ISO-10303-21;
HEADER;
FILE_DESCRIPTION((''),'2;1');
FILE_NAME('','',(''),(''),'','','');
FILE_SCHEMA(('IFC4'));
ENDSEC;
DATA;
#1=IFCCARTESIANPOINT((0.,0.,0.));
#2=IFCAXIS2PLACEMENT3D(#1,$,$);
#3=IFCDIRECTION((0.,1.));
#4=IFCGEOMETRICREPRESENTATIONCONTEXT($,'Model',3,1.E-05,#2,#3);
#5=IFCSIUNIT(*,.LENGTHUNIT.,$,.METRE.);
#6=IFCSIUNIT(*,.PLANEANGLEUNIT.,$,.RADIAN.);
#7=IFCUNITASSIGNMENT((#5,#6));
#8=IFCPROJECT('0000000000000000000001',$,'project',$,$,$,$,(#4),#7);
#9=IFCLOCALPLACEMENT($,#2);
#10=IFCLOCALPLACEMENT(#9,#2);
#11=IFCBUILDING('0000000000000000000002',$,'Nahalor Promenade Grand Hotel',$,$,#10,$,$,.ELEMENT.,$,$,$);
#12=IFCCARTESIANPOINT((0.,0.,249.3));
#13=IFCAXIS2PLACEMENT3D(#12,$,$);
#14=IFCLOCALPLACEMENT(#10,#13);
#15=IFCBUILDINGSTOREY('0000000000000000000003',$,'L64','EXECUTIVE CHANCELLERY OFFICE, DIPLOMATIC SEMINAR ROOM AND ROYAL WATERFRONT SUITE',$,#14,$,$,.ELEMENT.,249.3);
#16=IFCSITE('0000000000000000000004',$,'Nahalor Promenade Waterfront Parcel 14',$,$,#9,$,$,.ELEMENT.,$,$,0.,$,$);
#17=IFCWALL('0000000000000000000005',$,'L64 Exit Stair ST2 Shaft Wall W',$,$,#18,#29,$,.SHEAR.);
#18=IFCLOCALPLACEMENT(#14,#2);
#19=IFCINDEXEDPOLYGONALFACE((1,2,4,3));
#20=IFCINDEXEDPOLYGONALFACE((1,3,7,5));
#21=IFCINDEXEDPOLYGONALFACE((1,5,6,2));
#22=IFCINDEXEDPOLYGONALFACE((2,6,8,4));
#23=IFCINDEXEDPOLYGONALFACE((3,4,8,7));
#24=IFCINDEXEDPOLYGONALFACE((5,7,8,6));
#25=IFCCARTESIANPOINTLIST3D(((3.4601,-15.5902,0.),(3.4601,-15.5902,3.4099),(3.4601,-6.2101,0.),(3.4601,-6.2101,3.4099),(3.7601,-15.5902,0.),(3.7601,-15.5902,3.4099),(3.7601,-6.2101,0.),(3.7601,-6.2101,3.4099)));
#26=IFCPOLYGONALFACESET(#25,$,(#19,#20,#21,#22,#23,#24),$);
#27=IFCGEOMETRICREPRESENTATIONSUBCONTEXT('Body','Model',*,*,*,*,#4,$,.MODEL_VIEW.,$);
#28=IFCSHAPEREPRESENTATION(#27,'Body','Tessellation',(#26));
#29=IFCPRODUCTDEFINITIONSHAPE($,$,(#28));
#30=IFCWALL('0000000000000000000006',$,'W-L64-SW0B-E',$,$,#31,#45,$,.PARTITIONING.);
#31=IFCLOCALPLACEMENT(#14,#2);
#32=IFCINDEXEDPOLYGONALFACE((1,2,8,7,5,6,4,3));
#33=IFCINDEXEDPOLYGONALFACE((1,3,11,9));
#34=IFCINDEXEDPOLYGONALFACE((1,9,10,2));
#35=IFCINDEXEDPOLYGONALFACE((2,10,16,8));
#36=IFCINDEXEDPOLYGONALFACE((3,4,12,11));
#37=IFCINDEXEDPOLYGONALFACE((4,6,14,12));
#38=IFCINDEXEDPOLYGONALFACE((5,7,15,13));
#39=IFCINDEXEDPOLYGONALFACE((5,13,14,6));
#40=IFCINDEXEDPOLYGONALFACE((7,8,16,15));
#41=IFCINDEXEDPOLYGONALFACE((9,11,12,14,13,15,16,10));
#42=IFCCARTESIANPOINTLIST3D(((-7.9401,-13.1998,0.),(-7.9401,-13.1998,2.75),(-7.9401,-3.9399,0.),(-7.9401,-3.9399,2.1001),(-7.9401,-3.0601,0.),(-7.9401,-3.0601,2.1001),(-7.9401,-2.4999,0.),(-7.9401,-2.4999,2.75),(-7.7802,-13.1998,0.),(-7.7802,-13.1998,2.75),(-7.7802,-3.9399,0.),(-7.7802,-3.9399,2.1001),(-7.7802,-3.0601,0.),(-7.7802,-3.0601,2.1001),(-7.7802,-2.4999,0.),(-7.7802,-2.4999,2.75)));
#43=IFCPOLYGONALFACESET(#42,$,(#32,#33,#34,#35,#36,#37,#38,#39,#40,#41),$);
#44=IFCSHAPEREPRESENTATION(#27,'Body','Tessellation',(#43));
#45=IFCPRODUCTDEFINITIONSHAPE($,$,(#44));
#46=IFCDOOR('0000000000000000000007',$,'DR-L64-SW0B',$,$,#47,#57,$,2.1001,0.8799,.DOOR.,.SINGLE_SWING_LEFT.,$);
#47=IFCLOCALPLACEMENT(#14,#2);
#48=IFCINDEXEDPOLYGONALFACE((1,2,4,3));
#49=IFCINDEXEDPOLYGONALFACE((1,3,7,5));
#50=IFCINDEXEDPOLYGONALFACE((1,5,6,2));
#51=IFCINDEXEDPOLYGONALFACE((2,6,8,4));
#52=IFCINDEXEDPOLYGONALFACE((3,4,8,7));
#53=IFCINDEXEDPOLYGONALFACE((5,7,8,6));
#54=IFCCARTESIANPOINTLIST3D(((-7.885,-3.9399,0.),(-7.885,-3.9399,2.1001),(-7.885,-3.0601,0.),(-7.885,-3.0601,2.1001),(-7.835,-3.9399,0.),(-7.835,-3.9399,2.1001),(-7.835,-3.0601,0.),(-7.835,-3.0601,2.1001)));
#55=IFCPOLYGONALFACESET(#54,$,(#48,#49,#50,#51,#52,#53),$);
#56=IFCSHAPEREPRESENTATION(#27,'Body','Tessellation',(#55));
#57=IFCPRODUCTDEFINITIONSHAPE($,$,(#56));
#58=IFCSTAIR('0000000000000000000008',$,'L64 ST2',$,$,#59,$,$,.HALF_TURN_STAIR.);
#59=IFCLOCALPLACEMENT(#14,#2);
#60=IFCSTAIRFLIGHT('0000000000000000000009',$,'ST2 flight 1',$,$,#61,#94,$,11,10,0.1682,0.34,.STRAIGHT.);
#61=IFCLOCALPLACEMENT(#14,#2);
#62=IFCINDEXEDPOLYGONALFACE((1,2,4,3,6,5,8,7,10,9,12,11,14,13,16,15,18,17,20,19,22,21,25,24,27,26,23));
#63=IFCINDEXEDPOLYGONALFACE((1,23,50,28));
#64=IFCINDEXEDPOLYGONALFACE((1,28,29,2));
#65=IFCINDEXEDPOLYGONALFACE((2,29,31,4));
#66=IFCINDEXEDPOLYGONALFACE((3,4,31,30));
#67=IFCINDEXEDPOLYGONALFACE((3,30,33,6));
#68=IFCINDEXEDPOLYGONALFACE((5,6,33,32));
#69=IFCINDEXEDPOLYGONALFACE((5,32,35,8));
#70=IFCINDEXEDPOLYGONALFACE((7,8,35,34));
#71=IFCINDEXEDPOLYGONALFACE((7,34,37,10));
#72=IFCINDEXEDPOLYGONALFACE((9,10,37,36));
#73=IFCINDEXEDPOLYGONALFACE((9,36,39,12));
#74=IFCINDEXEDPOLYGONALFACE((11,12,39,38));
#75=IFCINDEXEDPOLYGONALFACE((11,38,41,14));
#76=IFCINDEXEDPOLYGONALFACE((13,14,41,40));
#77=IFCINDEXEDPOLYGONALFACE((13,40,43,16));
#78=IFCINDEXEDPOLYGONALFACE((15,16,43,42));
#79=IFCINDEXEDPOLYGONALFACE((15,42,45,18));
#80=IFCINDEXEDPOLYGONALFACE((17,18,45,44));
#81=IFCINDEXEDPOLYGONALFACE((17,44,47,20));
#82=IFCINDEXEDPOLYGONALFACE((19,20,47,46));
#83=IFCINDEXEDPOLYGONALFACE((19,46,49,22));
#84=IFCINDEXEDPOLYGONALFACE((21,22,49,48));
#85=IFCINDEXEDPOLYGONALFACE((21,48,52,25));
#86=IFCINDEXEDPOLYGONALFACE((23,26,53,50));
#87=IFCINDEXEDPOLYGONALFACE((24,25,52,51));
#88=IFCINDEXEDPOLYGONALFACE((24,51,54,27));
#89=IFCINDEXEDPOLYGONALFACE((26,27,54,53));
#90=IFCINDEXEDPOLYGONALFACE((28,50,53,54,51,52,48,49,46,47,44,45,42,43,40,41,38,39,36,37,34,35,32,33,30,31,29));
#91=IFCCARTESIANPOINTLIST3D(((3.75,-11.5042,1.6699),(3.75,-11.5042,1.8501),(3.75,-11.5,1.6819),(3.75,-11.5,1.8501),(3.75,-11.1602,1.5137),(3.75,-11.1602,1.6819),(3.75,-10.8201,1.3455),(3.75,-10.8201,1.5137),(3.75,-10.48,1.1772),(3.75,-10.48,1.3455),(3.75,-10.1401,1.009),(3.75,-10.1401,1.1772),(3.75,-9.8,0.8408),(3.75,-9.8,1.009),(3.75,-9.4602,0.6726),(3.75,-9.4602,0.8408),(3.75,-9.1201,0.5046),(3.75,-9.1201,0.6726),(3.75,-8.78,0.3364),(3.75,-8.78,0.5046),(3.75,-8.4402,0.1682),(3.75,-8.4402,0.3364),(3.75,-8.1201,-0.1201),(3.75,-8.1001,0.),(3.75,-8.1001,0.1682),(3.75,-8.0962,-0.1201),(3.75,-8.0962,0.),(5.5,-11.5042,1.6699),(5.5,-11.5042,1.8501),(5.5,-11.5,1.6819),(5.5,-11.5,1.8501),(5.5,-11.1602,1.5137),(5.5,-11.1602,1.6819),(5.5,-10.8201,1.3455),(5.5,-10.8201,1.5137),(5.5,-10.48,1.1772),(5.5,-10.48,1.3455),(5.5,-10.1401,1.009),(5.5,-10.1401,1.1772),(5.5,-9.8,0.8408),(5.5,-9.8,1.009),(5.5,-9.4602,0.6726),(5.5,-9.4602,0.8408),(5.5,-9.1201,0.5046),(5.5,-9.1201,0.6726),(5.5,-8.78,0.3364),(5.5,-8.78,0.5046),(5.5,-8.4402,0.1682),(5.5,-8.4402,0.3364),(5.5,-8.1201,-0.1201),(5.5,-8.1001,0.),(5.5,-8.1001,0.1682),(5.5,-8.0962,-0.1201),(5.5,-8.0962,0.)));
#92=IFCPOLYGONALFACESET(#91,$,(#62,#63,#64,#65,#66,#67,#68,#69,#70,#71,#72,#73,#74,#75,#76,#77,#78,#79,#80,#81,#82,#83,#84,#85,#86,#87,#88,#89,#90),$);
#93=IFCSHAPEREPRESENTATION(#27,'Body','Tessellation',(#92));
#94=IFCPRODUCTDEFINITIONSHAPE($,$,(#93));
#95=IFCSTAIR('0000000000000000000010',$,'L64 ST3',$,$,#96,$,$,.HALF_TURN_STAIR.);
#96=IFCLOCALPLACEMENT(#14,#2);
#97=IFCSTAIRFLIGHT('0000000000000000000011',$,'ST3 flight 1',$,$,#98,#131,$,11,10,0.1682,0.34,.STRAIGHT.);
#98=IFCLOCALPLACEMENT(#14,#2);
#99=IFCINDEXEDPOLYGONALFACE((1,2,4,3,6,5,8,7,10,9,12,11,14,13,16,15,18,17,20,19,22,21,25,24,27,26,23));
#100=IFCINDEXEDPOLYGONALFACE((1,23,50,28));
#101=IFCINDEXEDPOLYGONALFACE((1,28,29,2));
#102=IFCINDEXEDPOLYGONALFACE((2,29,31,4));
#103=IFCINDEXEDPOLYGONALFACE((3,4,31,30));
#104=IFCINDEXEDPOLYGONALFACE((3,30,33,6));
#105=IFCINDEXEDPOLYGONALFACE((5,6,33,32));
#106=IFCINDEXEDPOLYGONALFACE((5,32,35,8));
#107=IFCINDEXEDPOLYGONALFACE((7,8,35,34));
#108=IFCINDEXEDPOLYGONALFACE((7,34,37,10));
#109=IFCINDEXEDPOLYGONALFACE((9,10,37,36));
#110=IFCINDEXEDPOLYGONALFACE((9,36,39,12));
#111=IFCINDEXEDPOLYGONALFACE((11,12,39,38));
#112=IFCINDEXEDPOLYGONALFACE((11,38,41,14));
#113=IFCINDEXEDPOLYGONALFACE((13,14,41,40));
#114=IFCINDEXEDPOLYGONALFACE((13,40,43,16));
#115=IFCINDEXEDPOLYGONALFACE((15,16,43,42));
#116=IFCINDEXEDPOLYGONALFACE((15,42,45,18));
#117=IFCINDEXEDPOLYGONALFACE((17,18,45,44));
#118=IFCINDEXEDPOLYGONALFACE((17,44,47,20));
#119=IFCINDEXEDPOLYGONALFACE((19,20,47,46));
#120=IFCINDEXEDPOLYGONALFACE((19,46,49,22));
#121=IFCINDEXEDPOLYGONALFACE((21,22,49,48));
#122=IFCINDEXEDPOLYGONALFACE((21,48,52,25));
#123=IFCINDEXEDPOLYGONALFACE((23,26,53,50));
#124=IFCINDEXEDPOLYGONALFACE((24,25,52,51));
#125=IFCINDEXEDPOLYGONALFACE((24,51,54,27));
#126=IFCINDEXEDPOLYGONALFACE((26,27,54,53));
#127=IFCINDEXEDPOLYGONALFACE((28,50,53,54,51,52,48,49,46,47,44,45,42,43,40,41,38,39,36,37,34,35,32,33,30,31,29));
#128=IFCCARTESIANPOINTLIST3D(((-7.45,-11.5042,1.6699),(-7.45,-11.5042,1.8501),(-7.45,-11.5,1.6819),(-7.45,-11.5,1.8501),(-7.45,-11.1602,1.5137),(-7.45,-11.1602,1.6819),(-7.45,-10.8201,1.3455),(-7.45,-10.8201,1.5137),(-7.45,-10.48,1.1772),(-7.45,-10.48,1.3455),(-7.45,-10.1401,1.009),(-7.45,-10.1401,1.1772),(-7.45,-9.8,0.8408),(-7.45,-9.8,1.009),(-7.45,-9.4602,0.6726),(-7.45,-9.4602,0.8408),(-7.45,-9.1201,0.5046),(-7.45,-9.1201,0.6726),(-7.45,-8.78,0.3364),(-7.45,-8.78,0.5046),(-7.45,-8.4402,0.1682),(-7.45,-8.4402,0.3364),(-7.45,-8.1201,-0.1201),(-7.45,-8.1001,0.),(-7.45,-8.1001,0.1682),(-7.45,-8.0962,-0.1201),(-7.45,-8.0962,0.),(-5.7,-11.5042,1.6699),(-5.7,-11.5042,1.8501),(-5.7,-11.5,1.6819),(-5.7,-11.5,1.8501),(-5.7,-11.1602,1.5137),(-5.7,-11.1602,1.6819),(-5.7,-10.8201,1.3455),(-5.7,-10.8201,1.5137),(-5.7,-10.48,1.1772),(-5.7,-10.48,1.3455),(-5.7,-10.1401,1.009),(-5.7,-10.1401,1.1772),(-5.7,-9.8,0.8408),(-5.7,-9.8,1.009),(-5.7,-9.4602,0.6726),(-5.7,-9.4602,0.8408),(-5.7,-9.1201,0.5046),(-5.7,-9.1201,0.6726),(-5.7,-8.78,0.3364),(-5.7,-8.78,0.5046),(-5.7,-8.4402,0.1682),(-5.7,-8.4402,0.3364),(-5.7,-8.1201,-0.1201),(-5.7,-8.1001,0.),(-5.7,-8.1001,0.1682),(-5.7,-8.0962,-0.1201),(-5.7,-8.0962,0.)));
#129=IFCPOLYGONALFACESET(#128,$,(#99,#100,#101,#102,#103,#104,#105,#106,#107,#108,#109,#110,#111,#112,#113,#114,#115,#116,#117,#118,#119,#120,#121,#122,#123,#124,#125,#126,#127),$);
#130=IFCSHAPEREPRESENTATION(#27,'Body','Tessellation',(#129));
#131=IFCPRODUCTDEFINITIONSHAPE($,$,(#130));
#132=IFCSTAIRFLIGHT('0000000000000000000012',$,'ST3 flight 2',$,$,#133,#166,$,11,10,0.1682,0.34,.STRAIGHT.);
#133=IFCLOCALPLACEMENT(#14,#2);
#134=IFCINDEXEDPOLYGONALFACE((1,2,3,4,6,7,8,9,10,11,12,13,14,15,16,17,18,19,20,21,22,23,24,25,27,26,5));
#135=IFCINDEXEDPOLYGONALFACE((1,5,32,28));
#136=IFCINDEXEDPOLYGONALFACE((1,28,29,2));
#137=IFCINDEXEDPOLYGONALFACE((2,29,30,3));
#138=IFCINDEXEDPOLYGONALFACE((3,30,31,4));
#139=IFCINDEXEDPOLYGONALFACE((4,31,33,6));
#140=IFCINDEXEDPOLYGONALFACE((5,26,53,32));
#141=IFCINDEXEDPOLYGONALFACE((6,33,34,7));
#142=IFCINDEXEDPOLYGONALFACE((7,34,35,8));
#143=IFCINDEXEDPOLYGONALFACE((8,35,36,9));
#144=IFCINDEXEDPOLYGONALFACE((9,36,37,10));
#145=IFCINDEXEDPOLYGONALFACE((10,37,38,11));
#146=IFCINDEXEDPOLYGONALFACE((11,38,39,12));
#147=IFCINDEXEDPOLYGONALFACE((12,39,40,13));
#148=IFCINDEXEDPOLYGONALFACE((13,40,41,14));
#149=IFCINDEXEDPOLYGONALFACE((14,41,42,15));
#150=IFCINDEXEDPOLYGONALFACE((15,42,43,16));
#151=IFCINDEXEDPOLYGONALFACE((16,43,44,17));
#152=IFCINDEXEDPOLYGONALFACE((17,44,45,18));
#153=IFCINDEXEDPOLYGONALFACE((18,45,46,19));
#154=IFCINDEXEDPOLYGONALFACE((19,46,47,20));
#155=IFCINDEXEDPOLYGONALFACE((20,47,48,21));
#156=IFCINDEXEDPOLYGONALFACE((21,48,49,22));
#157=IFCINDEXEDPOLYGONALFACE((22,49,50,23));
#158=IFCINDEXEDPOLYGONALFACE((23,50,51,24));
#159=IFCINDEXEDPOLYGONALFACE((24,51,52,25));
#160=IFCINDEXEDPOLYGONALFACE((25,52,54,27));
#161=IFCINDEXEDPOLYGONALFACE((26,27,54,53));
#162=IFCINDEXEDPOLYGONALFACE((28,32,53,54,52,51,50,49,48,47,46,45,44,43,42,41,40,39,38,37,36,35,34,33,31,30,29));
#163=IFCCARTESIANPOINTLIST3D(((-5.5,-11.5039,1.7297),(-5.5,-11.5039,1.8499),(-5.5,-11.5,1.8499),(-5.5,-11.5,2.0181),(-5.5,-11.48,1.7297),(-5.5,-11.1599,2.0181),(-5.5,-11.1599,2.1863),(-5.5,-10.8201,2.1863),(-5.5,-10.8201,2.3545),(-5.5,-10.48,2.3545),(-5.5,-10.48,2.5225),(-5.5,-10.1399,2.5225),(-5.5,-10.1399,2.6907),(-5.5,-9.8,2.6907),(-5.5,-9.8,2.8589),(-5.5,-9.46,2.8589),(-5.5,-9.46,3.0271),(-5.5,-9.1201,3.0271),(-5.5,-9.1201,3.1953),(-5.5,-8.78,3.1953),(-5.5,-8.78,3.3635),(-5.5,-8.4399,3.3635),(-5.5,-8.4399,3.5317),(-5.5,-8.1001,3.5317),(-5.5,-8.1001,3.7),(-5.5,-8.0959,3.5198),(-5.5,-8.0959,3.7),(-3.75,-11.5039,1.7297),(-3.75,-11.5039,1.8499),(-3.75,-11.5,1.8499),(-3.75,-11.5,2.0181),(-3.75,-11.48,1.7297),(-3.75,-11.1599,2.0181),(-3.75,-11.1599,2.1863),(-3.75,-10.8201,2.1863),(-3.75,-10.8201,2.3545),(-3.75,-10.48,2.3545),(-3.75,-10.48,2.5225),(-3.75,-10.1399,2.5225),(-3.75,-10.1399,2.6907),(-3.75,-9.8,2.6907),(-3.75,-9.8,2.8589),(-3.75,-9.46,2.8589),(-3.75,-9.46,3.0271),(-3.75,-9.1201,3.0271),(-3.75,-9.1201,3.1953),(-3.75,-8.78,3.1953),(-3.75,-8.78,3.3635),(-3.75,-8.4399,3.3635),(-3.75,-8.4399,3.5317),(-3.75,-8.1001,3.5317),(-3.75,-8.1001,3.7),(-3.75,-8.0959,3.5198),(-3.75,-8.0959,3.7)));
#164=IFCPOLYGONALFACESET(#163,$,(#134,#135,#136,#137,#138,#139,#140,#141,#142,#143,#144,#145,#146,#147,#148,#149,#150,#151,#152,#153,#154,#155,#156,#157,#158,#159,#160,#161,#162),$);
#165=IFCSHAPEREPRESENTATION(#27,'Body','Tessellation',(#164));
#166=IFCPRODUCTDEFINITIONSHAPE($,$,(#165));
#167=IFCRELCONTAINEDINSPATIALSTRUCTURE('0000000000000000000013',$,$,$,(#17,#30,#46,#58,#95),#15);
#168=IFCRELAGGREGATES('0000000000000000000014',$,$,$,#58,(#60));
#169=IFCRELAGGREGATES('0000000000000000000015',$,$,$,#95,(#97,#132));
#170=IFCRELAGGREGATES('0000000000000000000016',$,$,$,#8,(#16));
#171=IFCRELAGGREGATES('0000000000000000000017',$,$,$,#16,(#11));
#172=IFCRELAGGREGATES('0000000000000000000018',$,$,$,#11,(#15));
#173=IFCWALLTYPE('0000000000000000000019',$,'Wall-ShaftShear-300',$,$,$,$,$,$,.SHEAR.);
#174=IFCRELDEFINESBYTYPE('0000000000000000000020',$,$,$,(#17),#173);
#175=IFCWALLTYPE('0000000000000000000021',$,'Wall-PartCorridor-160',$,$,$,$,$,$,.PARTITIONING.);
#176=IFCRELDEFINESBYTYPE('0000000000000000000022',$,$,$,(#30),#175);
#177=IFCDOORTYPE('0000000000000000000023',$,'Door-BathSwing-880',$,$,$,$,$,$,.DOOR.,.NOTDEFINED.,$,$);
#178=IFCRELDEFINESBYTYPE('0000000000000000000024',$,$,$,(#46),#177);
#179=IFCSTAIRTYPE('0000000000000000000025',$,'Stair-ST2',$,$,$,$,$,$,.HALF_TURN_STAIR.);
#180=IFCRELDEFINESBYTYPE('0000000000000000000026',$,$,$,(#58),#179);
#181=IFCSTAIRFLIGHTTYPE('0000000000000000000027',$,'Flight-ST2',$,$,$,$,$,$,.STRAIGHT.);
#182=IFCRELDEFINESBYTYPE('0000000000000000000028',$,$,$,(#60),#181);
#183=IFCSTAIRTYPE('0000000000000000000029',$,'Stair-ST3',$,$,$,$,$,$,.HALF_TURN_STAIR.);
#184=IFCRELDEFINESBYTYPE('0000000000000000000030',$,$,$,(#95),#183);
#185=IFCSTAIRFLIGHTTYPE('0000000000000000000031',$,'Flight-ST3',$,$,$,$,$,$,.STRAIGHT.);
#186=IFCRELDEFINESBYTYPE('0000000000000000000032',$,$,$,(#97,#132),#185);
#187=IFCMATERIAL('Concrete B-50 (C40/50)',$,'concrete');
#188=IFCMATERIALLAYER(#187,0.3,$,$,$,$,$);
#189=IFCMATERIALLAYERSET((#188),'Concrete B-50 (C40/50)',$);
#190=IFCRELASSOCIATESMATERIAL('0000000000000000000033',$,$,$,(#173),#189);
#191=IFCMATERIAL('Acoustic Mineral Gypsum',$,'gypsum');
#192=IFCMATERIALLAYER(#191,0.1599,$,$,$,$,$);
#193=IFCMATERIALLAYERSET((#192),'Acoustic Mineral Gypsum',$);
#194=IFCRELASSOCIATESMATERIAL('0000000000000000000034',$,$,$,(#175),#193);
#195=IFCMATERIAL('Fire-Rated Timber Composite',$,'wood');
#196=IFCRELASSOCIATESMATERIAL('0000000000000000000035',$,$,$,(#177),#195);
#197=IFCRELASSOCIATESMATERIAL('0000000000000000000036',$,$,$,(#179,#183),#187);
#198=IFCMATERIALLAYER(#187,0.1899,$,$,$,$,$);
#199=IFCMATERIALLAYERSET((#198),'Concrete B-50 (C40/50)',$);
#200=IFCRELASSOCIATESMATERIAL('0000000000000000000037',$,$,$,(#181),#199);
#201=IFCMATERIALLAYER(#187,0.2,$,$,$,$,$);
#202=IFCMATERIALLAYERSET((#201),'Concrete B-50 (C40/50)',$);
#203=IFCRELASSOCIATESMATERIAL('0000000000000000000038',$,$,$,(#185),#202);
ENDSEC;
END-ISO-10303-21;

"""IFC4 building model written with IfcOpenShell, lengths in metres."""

from ifc_helpers import new_model, si_unit, direction, frame, frame_2d, origin, place, context, subcontext, project, spatial, polyline, rectangle, outline, extrude, source, transform, mapped, material, layer, layer_set, type_object, element, fill, aggregate, save


model = new_model("IFC4")

# Units and contexts
model_context = context("Model", 3, precision=1e-05, world=origin(), true_north=direction((0.0, 1.0)))
body_context = subcontext(model_context, "Body", "Model", "MODEL_VIEW")
ifc_project = project(units=[si_unit("LENGTHUNIT", "METRE"), si_unit("PLANEANGLEUNIT", "RADIAN")], contexts=[model_context])

# Site, building, storey
site_placement = place(None, origin())
site = spatial("IfcSite", under=ifc_project, at=site_placement, Name="Nahalor Promenade Waterfront Parcel 14", CompositionType="ELEMENT", RefElevation=0.0)
building_placement = place(site_placement, origin())
building = spatial("IfcBuilding", under=site, at=building_placement, Name="Nahalor Promenade Grand Hotel", CompositionType="ELEMENT")
storey_placement = place(building_placement, frame((0.0, 0.0, 249.3)))
storey = spatial("IfcBuildingStorey", under=building, at=storey_placement, Name="L64", Description="EXECUTIVE CHANCELLERY OFFICE, DIPLOMATIC SEMINAR ROOM AND ROYAL WATERFRONT SUITE", CompositionType="ELEMENT", Elevation=249.3)

# Shared definitions
ifc_material_1 = material(Name="Concrete B-50 (C40/50)", Category="concrete")
ifc_layer_1 = layer(ifc_material_1, 0.3)
ifc_layer_set_1 = layer_set([ifc_layer_1], Name="Concrete B-50 (C40/50)")
wall_type_1 = type_object("IfcWallType", Name="Wall-ShaftShear-300", PredefinedType="SHEAR", material=ifc_layer_set_1)

# Wall
shared_shape_1 = source(origin(), body_context, "Body", "SweptSolid", [
    extrude(rectangle(XDim=9.3801, YDim=0.3, at=frame_2d((4.6899, 0.0))), origin(), (0.0, 0.0, 1.0), 3.4099),
])
wall_1_placement = place(storey_placement, frame((3.6101, -15.5901, 0.0), z_axis=(0.0, 0.0, 1.0), x_axis=(0.0, 1.0, 0.0)))
element("IfcWall", 1, at=wall_1_placement, inside=storey, type_object=wall_type_1, Name="L64 Exit Stair ST2 Shaft Wall W", PredefinedType="SHEAR", context=body_context, shape_type="MappedRepresentation", body=[
    mapped(shared_shape_1, transform((0.0, 0.0, 0.0), scale=1.0)),
])

# Wall, opening, door
ifc_material_2 = material(Name="Acoustic Mineral Gypsum", Category="gypsum")
ifc_layer_2 = layer(ifc_material_2, 0.1599)
ifc_layer_set_2 = layer_set([ifc_layer_2], Name="Acoustic Mineral Gypsum")
wall_type_2 = type_object("IfcWallType", Name="Wall-PartCorridor-160", PredefinedType="PARTITIONING", material=ifc_layer_set_2)
shared_shape_2 = source(origin(), body_context, "Body", "SweptSolid", [
    extrude(rectangle(XDim=10.7, YDim=0.1599, at=frame_2d((5.3501, 0.0))), origin(), (0.0, 0.0, 1.0), 2.75),
])
wall_2_placement = place(storey_placement, frame((-7.8601, -13.2, 0.0), z_axis=(0.0, 0.0, 1.0), x_axis=(0.0, 1.0, 0.0)))
wall_2 = element("IfcWall", 2, at=wall_2_placement, inside=storey, type_object=wall_type_2, Name="W-L64-SW0B-E", PredefinedType="PARTITIONING", context=body_context, shape_type="MappedRepresentation", body=[
    mapped(shared_shape_2, transform((0.0, 0.0, 0.0), scale=1.0)),
])
opening_1_placement = place(wall_2_placement, frame((9.26, 0.0, 0.0)))
opening_1 = element("IfcOpeningElement", 3, at=opening_1_placement, cuts=wall_2, PredefinedType="OPENING", context=body_context, shape_type="SweptSolid", body=[
    extrude(rectangle(XDim=0.8799, YDim=2.1001, at=frame_2d((0.4399, 1.05))), frame((0.0, 0.0898, 0.0), z_axis=(0.0, -1.0, 0.0), x_axis=(1.0, 0.0, 0.0)), (0.0, 0.0, 1.0), 0.1799),
])
ifc_material_3 = material(Name="Fire-Rated Timber Composite", Category="wood")
door_type_1 = type_object("IfcDoorType", Name="Door-BathSwing-880", OperationType="NOTDEFINED", PredefinedType="DOOR", material=ifc_material_3)
shared_shape_3 = source(origin(), body_context, "Body", "SweptSolid", [
    extrude(rectangle(XDim=0.8799, YDim=2.1001, at=frame_2d((0.4399, 1.05))), frame((0.0, 0.0249, 0.0), z_axis=(0.0, -1.0, 0.0), x_axis=(1.0, 0.0, 0.0)), (0.0, 0.0, 1.0), 0.05),
])
door_1_placement = place(opening_1_placement, origin())
door_1 = element("IfcDoor", 4, at=door_1_placement, inside=storey, type_object=door_type_1, Name="DR-L64-SW0B", OperationType="SINGLE_SWING_LEFT", OverallHeight=2.1001, OverallWidth=0.8799, PredefinedType="DOOR", context=body_context, shape_type="MappedRepresentation", body=[
    mapped(shared_shape_3, transform((0.0, 0.0, 0.0), scale=1.0)),
])
fill(opening_1, door_1)

# Stair, stair flight
stair_type_1 = type_object("IfcStairType", Name="Stair-ST2", PredefinedType="HALF_TURN_STAIR", material=ifc_material_1)
stair_1_placement = place(storey_placement, origin())
stair_1 = element("IfcStair", 5, at=stair_1_placement, inside=storey, type_object=stair_type_1, Name="L64 ST2", PredefinedType="HALF_TURN_STAIR")
ifc_layer_3 = layer(ifc_material_1, 0.1899)
ifc_layer_set_3 = layer_set([ifc_layer_3], Name="Concrete B-50 (C40/50)")
stair_flight_type_1 = type_object("IfcStairFlightType", Name="Flight-ST2", PredefinedType="STRAIGHT", material=ifc_layer_set_3)
shared_shape_4 = source(origin(), body_context, "Body", "SweptSolid", [
    extrude(outline(polyline([(-0.0039, -0.1201), (-0.0039, 0.0), (0.0, 0.0), (0.0, 0.1682), (0.3401, 0.1682), (0.3401, 0.3364), (0.6799, 0.3364), (0.6799, 0.5046), (1.02, 0.5046), (1.02, 0.6726), (1.3601, 0.6726), (1.3601, 0.8408), (1.7, 0.8408), (1.7, 1.009), (2.04, 1.009), (2.04, 1.1772), (2.3799, 1.1772), (2.3799, 1.3455), (2.72, 1.3455), (2.72, 1.5137), (3.0601, 1.5137), (3.0601, 1.6819), (3.3999, 1.6819), (3.3999, 1.8501), (3.4041, 1.8501), (3.4041, 1.6699), (0.02, -0.1201), (-0.0039, -0.1201)])), frame((0.0, 0.875, 0.0), z_axis=(0.0, -1.0, 0.0), x_axis=(1.0, 0.0, 0.0)), (0.0, 0.0, 1.0), 1.75),
])
stair_flight_1_placement = place(storey_placement, frame((4.625, -8.1001, 0.0), z_axis=(0.0, 0.0, 1.0), x_axis=(0.0, -1.0, 0.0)))
stair_flight_1 = element("IfcStairFlight", 6, at=stair_flight_1_placement, type_object=stair_flight_type_1, Name="ST2 flight 1", NumberOfRisers=11, NumberOfTreads=10, PredefinedType="STRAIGHT", RiserHeight=0.1682, TreadLength=0.34, context=body_context, shape_type="MappedRepresentation", body=[
    mapped(shared_shape_4, transform((0.0, 0.0, 0.0), scale=1.0)),
])
aggregate(stair_1, [stair_flight_1])

# Stair, stair flights
stair_type_2 = type_object("IfcStairType", Name="Stair-ST3", PredefinedType="HALF_TURN_STAIR", material=ifc_material_1)
stair_2_placement = place(storey_placement, origin())
stair_2 = element("IfcStair", 7, at=stair_2_placement, inside=storey, type_object=stair_type_2, Name="L64 ST3", PredefinedType="HALF_TURN_STAIR")
ifc_layer_4 = layer(ifc_material_1, 0.2)
ifc_layer_set_4 = layer_set([ifc_layer_4], Name="Concrete B-50 (C40/50)")
stair_flight_type_2 = type_object("IfcStairFlightType", Name="Flight-ST3", PredefinedType="STRAIGHT", material=ifc_layer_set_4)
shared_shape_5 = source(origin(), body_context, "Body", "SweptSolid", [
    extrude(outline(polyline([(-0.0039, -0.1201), (-0.0039, 0.0), (0.0, 0.0), (0.0, 0.1682), (0.3401, 0.1682), (0.3401, 0.3364), (0.6799, 0.3364), (0.6799, 0.5046), (1.02, 0.5046), (1.02, 0.6726), (1.3601, 0.6726), (1.3601, 0.8408), (1.7, 0.8408), (1.7, 1.009), (2.04, 1.009), (2.04, 1.1772), (2.3799, 1.1772), (2.3799, 1.3455), (2.72, 1.3455), (2.72, 1.5137), (3.0601, 1.5137), (3.0601, 1.6819), (3.3999, 1.6819), (3.3999, 1.8501), (3.4041, 1.8501), (3.4041, 1.6699), (0.02, -0.1201), (-0.0039, -0.1201)])), frame((0.0, 0.875, 0.0), z_axis=(0.0, -1.0, 0.0), x_axis=(1.0, 0.0, 0.0)), (0.0, 0.0, 1.0), 1.75),
])
stair_flight_2_placement = place(storey_placement, frame((-6.575, -8.1001, 0.0), z_axis=(0.0, 0.0, 1.0), x_axis=(0.0, -1.0, 0.0)))
stair_flight_2 = element("IfcStairFlight", 8, at=stair_flight_2_placement, type_object=stair_flight_type_2, Name="ST3 flight 1", NumberOfRisers=11, NumberOfTreads=10, PredefinedType="STRAIGHT", RiserHeight=0.1682, TreadLength=0.34, context=body_context, shape_type="MappedRepresentation", body=[
    mapped(shared_shape_5, transform((0.0, 0.0, 0.0), scale=1.0)),
])
stair_flight_3_placement = place(storey_placement, frame((-4.625, -11.5, 1.8499), z_axis=(0.0, 0.0, 1.0), x_axis=(0.0, 1.0, 0.0)))
stair_flight_3 = element("IfcStairFlight", 9, at=stair_flight_3_placement, type_object=stair_flight_type_2, Name="ST3 flight 2", NumberOfRisers=11, NumberOfTreads=10, PredefinedType="STRAIGHT", RiserHeight=0.1682, TreadLength=0.34, context=body_context, shape_type="MappedRepresentation", body=[
    mapped(shared_shape_5, transform((0.0, 0.0, 0.0), scale=1.0)),
])
aggregate(stair_2, [stair_flight_2, stair_flight_3])

save(model, "model.ifc")
